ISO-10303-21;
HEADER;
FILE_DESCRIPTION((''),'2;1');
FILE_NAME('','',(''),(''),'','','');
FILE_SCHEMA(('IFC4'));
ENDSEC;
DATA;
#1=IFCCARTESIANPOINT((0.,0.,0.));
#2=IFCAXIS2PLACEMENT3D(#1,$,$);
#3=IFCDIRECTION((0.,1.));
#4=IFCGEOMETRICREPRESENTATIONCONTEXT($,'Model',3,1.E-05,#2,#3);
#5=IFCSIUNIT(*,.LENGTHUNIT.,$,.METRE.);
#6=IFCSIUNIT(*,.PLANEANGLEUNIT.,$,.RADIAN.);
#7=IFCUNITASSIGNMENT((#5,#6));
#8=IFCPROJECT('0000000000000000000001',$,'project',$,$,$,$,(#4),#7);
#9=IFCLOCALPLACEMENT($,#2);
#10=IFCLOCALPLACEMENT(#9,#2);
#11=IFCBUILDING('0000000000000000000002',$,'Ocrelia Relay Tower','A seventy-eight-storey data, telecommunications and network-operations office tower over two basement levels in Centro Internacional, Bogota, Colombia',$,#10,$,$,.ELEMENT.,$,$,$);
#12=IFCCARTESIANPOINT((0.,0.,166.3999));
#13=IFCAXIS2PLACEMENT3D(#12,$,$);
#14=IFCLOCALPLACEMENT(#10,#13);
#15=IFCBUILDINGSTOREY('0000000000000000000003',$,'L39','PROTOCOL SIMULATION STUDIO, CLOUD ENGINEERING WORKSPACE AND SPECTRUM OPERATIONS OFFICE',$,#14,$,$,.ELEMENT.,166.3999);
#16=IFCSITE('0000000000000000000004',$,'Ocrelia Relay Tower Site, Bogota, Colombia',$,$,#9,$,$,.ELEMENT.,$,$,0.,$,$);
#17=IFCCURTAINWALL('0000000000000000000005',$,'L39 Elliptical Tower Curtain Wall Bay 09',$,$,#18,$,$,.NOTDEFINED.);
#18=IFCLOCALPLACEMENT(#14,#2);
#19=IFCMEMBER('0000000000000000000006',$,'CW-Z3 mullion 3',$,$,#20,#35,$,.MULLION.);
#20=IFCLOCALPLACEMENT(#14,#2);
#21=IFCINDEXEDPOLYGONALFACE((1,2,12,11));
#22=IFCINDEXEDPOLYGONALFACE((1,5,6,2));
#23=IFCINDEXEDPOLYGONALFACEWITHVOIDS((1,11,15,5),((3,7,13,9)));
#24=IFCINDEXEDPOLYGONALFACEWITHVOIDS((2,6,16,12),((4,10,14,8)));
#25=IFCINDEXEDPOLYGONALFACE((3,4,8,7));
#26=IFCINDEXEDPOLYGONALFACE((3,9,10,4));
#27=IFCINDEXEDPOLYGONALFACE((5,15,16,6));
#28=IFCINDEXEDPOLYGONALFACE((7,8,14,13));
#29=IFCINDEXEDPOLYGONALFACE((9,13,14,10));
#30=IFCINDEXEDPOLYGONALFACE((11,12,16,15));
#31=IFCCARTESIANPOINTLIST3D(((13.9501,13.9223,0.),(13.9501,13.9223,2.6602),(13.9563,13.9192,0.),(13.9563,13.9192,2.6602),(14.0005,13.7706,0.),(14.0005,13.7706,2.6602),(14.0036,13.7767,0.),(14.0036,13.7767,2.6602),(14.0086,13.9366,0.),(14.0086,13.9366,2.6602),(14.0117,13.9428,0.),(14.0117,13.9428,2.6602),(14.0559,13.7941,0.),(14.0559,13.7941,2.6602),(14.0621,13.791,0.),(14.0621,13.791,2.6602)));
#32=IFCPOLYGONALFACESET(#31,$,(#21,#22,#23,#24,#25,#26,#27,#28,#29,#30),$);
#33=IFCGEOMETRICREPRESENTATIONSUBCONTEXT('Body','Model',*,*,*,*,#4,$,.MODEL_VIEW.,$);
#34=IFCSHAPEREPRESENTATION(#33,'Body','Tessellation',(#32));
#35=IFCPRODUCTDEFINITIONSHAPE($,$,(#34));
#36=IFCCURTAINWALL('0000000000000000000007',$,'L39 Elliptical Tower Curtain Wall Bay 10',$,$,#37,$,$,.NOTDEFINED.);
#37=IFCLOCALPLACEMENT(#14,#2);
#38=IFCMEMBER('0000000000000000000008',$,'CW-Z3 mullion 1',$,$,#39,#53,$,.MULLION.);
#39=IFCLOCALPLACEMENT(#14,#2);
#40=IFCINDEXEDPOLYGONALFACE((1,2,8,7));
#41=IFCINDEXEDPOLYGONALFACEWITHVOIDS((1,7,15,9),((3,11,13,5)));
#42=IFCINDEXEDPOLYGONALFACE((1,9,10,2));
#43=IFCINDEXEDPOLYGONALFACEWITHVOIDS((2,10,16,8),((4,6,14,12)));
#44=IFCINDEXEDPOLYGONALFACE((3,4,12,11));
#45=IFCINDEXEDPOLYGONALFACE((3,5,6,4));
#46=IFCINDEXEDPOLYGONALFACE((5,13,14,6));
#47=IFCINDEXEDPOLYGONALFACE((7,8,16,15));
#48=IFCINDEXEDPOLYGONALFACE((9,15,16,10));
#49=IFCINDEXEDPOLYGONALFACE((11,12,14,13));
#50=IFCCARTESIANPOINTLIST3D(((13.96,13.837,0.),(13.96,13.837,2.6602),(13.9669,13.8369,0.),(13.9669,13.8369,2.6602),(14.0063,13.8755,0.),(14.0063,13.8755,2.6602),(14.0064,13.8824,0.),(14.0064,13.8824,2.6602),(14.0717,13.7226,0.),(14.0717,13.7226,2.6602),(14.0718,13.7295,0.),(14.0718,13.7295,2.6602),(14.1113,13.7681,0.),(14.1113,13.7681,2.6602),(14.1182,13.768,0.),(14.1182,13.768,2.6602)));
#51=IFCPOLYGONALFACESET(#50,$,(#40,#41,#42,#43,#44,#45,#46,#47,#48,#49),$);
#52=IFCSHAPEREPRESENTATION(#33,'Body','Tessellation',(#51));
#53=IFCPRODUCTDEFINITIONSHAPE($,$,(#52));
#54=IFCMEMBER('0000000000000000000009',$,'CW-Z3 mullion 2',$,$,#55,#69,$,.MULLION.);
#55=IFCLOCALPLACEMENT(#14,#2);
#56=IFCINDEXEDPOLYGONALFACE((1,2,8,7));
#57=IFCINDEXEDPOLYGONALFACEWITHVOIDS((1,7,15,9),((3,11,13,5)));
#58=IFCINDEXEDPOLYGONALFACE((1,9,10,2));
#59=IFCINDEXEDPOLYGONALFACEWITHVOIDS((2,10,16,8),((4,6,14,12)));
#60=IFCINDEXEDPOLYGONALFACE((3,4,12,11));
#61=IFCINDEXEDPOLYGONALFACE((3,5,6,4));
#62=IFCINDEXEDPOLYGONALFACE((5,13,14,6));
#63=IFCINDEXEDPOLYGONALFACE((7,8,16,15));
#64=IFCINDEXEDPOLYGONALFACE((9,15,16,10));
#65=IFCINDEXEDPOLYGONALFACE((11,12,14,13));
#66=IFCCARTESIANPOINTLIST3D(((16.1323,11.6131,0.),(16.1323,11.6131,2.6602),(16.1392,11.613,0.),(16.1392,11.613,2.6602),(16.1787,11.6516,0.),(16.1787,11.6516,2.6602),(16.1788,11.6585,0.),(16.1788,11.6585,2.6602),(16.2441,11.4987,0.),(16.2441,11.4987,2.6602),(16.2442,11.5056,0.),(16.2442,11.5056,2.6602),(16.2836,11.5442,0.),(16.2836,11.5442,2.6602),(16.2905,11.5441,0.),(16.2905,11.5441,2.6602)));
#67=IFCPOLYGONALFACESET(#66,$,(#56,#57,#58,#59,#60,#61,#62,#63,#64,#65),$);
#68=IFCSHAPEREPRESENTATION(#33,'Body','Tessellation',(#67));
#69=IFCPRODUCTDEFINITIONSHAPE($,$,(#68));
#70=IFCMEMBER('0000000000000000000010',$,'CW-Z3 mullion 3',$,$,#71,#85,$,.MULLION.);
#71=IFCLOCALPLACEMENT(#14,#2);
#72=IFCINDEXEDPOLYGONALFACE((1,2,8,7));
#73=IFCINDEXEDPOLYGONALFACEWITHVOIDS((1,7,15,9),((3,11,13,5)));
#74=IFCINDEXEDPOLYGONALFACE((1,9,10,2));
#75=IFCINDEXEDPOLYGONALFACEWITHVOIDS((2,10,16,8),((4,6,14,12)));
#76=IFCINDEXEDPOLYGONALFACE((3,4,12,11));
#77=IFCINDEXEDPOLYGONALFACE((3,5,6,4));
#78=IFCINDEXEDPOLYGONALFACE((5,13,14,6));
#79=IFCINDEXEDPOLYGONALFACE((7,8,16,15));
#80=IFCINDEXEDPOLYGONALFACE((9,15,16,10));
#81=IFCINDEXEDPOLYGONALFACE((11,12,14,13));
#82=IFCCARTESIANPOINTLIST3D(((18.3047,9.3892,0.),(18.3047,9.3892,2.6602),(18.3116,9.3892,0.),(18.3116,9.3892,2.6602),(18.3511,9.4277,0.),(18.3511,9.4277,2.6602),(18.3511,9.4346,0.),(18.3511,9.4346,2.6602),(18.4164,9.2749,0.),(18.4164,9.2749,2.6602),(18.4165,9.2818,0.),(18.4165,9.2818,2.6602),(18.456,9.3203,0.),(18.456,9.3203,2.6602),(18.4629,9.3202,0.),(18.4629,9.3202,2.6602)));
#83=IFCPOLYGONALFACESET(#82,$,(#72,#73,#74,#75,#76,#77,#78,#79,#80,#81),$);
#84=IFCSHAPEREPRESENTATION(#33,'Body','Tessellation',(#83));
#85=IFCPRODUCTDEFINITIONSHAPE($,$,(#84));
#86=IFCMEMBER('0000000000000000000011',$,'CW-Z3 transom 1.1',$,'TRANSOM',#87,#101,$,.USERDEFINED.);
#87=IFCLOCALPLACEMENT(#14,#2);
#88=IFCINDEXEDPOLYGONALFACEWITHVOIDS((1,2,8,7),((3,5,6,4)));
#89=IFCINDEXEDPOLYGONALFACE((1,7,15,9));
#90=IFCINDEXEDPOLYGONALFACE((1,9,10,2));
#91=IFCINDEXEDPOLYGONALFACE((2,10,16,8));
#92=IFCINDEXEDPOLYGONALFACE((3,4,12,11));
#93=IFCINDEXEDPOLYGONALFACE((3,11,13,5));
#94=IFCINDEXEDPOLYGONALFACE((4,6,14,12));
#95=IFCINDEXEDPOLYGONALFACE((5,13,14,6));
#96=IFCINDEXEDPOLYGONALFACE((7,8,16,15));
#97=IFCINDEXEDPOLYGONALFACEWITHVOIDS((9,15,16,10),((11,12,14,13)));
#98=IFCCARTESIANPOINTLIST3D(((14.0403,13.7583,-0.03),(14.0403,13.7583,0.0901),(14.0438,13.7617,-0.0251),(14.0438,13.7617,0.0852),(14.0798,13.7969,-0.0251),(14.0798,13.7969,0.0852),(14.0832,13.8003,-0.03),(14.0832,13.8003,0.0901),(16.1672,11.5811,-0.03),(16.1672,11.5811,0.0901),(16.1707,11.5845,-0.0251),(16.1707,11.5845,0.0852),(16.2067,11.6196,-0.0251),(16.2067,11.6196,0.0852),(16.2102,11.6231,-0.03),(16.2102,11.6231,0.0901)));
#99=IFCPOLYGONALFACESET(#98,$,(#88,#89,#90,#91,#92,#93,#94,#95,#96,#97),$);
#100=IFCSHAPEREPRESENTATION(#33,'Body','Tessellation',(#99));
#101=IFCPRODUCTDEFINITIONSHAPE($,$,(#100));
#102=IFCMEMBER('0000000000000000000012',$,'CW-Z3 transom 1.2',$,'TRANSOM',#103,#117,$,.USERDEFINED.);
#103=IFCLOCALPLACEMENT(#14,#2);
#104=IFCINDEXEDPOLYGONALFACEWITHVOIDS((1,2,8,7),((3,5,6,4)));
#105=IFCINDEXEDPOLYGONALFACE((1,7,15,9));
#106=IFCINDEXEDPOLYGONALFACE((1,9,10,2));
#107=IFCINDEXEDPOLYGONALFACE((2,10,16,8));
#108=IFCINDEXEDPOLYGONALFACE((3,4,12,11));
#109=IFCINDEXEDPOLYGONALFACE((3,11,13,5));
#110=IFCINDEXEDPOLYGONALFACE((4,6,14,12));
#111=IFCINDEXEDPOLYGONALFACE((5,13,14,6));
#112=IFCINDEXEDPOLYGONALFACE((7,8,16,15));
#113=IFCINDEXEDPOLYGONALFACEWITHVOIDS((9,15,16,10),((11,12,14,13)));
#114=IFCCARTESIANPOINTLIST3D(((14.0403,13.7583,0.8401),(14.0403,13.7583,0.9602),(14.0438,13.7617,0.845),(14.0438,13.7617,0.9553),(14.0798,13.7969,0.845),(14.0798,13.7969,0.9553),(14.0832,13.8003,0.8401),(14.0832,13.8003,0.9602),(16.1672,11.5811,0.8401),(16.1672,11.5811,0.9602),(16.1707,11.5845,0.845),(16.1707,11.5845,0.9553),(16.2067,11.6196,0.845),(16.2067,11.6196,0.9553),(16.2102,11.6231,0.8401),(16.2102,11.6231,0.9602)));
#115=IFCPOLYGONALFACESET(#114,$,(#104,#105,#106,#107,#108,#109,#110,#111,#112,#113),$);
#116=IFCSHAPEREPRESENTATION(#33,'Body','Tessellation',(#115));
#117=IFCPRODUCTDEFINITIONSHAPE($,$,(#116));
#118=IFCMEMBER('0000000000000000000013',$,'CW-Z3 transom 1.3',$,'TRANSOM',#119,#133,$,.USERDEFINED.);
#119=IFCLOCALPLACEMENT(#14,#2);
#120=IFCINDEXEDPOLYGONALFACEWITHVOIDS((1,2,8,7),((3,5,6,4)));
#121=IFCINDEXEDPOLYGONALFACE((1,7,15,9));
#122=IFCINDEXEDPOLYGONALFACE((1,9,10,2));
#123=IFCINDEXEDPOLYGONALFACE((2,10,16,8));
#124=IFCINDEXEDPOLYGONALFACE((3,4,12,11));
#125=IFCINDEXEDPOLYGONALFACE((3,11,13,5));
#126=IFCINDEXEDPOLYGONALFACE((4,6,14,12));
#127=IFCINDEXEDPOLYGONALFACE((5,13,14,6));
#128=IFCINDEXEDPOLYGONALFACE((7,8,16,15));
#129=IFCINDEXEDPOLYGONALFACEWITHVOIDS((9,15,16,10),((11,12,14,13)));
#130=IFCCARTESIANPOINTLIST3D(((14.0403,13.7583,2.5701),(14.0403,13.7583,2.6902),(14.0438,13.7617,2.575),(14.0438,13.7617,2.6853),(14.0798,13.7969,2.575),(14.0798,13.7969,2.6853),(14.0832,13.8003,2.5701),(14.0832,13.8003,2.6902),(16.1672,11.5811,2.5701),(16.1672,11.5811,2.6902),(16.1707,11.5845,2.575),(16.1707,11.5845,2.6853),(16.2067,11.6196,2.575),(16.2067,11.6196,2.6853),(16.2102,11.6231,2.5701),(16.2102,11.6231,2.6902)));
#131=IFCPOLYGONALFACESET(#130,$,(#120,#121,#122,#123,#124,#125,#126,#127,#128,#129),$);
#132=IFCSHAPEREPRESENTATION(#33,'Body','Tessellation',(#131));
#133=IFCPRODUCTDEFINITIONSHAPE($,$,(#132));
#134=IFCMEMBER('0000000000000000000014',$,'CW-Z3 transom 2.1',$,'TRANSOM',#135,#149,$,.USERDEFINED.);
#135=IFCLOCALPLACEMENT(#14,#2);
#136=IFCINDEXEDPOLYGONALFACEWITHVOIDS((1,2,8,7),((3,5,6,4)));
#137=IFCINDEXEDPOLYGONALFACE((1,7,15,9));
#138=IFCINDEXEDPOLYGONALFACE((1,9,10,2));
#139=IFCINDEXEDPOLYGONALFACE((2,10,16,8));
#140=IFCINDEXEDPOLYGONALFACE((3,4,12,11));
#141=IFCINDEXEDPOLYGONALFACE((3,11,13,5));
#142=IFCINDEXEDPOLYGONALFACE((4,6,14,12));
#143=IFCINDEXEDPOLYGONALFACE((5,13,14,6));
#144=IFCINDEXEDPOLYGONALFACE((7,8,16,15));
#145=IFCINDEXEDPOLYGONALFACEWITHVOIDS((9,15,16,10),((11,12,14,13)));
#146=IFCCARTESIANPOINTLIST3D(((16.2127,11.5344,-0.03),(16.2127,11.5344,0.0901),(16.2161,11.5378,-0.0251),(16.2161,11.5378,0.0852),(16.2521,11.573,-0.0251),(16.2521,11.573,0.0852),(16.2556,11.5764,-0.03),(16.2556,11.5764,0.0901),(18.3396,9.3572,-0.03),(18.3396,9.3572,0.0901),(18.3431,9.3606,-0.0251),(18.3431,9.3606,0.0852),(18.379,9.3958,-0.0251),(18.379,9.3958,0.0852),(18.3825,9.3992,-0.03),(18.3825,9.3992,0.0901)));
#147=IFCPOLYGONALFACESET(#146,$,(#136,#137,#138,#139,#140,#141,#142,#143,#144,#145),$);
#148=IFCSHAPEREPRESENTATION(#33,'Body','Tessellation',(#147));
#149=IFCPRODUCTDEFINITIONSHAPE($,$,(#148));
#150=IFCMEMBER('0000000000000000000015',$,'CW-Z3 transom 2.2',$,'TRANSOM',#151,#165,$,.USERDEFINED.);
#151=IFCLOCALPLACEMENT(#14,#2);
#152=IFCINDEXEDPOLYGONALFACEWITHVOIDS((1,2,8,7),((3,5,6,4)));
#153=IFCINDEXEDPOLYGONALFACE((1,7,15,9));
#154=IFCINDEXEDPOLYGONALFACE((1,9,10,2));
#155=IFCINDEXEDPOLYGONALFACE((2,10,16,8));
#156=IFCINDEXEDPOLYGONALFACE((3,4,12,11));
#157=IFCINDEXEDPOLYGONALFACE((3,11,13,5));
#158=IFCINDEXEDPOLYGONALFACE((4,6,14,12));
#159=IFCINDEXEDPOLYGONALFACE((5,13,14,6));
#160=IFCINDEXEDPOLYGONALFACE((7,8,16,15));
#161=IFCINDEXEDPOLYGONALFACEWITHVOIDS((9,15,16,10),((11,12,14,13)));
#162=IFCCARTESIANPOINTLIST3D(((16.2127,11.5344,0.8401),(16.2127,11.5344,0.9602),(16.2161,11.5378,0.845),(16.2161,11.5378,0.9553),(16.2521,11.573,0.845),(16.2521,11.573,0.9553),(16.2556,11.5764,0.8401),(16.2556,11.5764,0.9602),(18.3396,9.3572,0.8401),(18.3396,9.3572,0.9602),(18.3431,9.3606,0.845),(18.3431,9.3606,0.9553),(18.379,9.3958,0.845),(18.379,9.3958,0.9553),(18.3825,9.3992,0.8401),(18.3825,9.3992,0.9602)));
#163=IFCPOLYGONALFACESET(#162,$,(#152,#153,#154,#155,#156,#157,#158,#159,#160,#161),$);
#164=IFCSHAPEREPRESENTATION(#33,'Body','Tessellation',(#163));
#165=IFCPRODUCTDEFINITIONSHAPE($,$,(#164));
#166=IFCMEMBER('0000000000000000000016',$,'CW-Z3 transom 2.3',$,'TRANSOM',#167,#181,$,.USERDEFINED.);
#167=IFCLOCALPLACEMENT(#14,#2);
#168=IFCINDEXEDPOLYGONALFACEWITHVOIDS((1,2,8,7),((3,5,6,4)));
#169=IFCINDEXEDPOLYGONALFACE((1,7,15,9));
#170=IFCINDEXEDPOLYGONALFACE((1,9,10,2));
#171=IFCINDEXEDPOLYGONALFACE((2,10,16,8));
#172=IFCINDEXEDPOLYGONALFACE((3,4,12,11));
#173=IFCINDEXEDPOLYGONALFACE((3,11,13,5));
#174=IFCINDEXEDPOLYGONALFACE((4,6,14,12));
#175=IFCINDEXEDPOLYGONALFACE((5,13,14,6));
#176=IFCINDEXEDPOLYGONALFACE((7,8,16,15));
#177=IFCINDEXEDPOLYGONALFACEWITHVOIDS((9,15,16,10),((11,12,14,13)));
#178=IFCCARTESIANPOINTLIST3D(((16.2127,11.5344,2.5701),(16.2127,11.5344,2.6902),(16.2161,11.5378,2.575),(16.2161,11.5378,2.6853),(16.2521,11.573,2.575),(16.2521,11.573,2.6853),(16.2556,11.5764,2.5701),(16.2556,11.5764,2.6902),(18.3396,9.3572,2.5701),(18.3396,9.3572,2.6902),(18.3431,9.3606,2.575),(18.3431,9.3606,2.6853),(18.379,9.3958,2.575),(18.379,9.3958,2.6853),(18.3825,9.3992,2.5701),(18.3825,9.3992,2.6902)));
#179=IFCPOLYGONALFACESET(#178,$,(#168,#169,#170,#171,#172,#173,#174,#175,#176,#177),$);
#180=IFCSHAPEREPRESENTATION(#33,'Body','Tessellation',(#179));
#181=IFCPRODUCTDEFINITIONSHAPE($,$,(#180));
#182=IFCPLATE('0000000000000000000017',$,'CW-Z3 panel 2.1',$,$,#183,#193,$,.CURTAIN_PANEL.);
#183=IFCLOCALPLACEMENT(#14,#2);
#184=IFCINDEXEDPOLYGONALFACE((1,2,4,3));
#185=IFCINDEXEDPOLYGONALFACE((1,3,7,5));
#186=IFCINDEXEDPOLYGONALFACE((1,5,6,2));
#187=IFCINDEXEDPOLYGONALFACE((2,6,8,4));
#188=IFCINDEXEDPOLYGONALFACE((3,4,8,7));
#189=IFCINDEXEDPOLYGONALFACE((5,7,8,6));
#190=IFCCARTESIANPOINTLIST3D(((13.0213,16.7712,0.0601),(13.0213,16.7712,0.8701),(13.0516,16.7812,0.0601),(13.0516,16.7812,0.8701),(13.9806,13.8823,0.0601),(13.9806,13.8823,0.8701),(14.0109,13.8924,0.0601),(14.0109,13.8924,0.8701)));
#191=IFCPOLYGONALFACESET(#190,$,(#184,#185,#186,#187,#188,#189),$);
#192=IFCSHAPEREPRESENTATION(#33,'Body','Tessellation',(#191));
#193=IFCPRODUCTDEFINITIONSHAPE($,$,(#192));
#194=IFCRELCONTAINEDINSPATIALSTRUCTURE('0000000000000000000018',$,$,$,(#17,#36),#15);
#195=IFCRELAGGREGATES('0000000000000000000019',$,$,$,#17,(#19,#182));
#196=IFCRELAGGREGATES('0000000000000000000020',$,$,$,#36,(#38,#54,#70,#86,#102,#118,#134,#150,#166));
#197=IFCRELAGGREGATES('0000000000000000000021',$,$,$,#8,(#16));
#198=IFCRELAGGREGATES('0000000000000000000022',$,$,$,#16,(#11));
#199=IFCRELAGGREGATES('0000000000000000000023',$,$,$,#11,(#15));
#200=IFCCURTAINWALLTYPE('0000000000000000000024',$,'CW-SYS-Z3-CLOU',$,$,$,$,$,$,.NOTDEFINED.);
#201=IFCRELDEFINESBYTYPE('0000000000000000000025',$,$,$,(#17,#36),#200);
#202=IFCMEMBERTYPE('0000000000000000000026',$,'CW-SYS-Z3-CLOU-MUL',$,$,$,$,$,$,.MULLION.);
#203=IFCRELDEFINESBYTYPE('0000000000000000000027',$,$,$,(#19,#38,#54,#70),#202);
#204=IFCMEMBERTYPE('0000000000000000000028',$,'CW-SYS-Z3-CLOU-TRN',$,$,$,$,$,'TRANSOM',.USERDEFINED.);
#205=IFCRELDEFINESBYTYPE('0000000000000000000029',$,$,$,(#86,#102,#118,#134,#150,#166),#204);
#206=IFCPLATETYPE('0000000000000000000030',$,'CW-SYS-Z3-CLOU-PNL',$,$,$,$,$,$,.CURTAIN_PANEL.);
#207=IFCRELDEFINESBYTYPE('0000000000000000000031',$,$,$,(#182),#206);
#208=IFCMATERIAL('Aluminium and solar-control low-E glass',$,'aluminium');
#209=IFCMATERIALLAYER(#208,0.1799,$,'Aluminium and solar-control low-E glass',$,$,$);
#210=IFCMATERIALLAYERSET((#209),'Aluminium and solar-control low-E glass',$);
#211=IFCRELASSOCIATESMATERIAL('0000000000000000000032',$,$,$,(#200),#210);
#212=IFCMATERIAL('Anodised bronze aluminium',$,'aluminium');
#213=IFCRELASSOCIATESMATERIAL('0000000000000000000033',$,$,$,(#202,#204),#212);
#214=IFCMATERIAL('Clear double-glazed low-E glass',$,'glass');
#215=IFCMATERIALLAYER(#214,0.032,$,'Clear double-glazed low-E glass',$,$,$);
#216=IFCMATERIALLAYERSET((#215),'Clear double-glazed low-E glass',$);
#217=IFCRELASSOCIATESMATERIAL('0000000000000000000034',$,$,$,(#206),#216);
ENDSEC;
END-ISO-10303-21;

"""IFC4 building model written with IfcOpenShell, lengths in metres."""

from ifc_helpers import new_model, si_unit, direction, frame, origin, origin_2d, place, context, subcontext, project, spatial, rectangle, hollow_rectangle, extrude, material, layer, layer_set, material_profile, profile_set, type_object, element, aggregate, save


model = new_model("IFC4")

# Units and contexts
model_context = context("Model", 3, precision=1e-05, world=origin(), true_north=direction((0.0, 1.0)))
body_context = subcontext(model_context, "Body", "Model", "MODEL_VIEW")
ifc_project = project(units=[si_unit("LENGTHUNIT", "METRE"), si_unit("PLANEANGLEUNIT", "RADIAN")], contexts=[model_context])

# Site, building, storey
site_placement = place(None, origin())
site = spatial("IfcSite", under=ifc_project, at=site_placement, Name="Ocrelia Relay Tower Site, Bogota, Colombia", CompositionType="ELEMENT", RefElevation=0.0)
building_placement = place(site_placement, origin())
building = spatial("IfcBuilding", under=site, at=building_placement, Name="Ocrelia Relay Tower", Description="A seventy-eight-storey data, telecommunications and network-operations office tower over two basement levels in Centro Internacional, Bogota, Colombia", CompositionType="ELEMENT")
storey_placement = place(building_placement, frame((0.0, 0.0, 166.3999)))
storey = spatial("IfcBuildingStorey", under=building, at=storey_placement, Name="L39", Description="PROTOCOL SIMULATION STUDIO, CLOUD ENGINEERING WORKSPACE AND SPECTRUM OPERATIONS OFFICE", CompositionType="ELEMENT", Elevation=166.3999)

# Curtain wall, member
ifc_material_1 = material(Name="Aluminium and solar-control low-E glass", Category="aluminium")
ifc_layer_1 = layer(ifc_material_1, 0.1799, Name="Aluminium and solar-control low-E glass")
ifc_layer_set_1 = layer_set([ifc_layer_1], Name="Aluminium and solar-control low-E glass")
curtain_wall_type = type_object("IfcCurtainWallType", Name="CW-SYS-Z3-CLOU", PredefinedType="NOTDEFINED", material=ifc_layer_set_1)
curtain_wall_1_placement = place(storey_placement, origin())
curtain_wall_1 = element("IfcCurtainWall", 1, at=curtain_wall_1_placement, inside=storey, type_object=curtain_wall_type, Name="L39 Elliptical Tower Curtain Wall Bay 09", PredefinedType="NOTDEFINED")
ifc_material_2 = material(Name="Anodised bronze aluminium", Category="aluminium")
ifc_material_profile_1 = material_profile(ifc_material_2, hollow_rectangle(XDim=0.0649, YDim=0.1599, WallThickness=0.0049, at=origin_2d()), Name="CW-MUL-160x65")
ifc_profile_set_1 = profile_set([ifc_material_profile_1], Name="Anodised bronze aluminium")
member_type_1 = type_object("IfcMemberType", Name="CW-SYS-Z3-CLOU-MUL", PredefinedType="MULLION", material=ifc_profile_set_1)
member_1_placement = place(storey_placement, frame((14.0061, 13.8567, 0.0), z_axis=(0.0, 0.0, 1.0), x_axis=(0.949042, 0.315148, 0.0)))
member_1 = element("IfcMember", 2, at=member_1_placement, type_object=member_type_1, Name="CW-Z3 mullion 3", PredefinedType="MULLION", context=body_context, shape_type="SweptSolid", body=[
    extrude(hollow_rectangle(XDim=0.0649, YDim=0.1599, WallThickness=0.0049, at=origin_2d()), origin(), (0.0, 0.0, 1.0), 2.6602),
])

# Curtain wall, members
curtain_wall_2_placement = place(storey_placement, origin())
curtain_wall_2 = element("IfcCurtainWall", 3, at=curtain_wall_2_placement, inside=storey, type_object=curtain_wall_type, Name="L39 Elliptical Tower Curtain Wall Bay 10", PredefinedType="NOTDEFINED")
member_2_placement = place(storey_placement, frame((14.0391, 13.8025, 0.0), z_axis=(0.0, 0.0, 1.0), x_axis=(0.715327, 0.69879, 0.0)))
member_2 = element("IfcMember", 4, at=member_2_placement, type_object=member_type_1, Name="CW-Z3 mullion 1", PredefinedType="MULLION", context=body_context, shape_type="SweptSolid", body=[
    extrude(hollow_rectangle(XDim=0.0649, YDim=0.1599, WallThickness=0.0049, at=origin_2d()), origin(), (0.0, 0.0, 1.0), 2.6602),
])
member_3_placement = place(storey_placement, frame((16.2114, 11.5786, 0.0), z_axis=(0.0, 0.0, 1.0), x_axis=(0.715327, 0.69879, 0.0)))
member_3 = element("IfcMember", 5, at=member_3_placement, type_object=member_type_1, Name="CW-Z3 mullion 2", PredefinedType="MULLION", context=body_context, shape_type="SweptSolid", body=[
    extrude(hollow_rectangle(XDim=0.0649, YDim=0.1599, WallThickness=0.0049, at=origin_2d()), origin(), (0.0, 0.0, 1.0), 2.6602),
])
member_4_placement = place(storey_placement, frame((18.3838, 9.3547, 0.0), z_axis=(0.0, 0.0, 1.0), x_axis=(0.715327, 0.69879, 0.0)))
member_4 = element("IfcMember", 6, at=member_4_placement, type_object=member_type_1, Name="CW-Z3 mullion 3", PredefinedType="MULLION", context=body_context, shape_type="SweptSolid", body=[
    extrude(hollow_rectangle(XDim=0.0649, YDim=0.1599, WallThickness=0.0049, at=origin_2d()), origin(), (0.0, 0.0, 1.0), 2.6602),
])
ifc_material_profile_2 = material_profile(ifc_material_2, hollow_rectangle(XDim=0.0601, YDim=0.1201, WallThickness=0.0049, at=origin_2d()), Name="CW-TRN-120x60")
ifc_profile_set_2 = profile_set([ifc_material_profile_2], Name="Anodised bronze aluminium")
member_type_2 = type_object("IfcMemberType", Name="CW-SYS-Z3-CLOU-TRN", ElementType="TRANSOM", PredefinedType="USERDEFINED", material=ifc_profile_set_2)
member_5_placement = place(storey_placement, frame((14.0618, 13.7793, 0.03), z_axis=(0.698797, -0.71532, 0.0), x_axis=(0.71532, 0.698797, 0.0)))
member_5 = element("IfcMember", 7, at=member_5_placement, type_object=member_type_2, Name="CW-Z3 transom 1.1", ObjectType="TRANSOM", PredefinedType="USERDEFINED", context=body_context, shape_type="SweptSolid", body=[
    extrude(hollow_rectangle(XDim=0.0601, YDim=0.1201, WallThickness=0.0049, at=origin_2d()), origin(), (0.0, 0.0, 1.0), 3.0437),
])
member_6_placement = place(storey_placement, frame((14.0618, 13.7793, 0.9001), z_axis=(0.698797, -0.71532, 0.0), x_axis=(0.71532, 0.698797, 0.0)))
member_6 = element("IfcMember", 8, at=member_6_placement, type_object=member_type_2, Name="CW-Z3 transom 1.2", ObjectType="TRANSOM", PredefinedType="USERDEFINED", context=body_context, shape_type="SweptSolid", body=[
    extrude(hollow_rectangle(XDim=0.0601, YDim=0.1201, WallThickness=0.0049, at=origin_2d()), origin(), (0.0, 0.0, 1.0), 3.0437),
])
member_7_placement = place(storey_placement, frame((14.0618, 13.7793, 2.6301), z_axis=(0.698797, -0.71532, 0.0), x_axis=(0.71532, 0.698797, 0.0)))
member_7 = element("IfcMember", 9, at=member_7_placement, type_object=member_type_2, Name="CW-Z3 transom 1.3", ObjectType="TRANSOM", PredefinedType="USERDEFINED", context=body_context, shape_type="SweptSolid", body=[
    extrude(hollow_rectangle(XDim=0.0601, YDim=0.1201, WallThickness=0.0049, at=origin_2d()), origin(), (0.0, 0.0, 1.0), 3.0437),
])
member_8_placement = place(storey_placement, frame((16.2341, 11.5554, 0.03), z_axis=(0.698797, -0.71532, 0.0), x_axis=(0.71532, 0.698797, 0.0)))
member_8 = element("IfcMember", 10, at=member_8_placement, type_object=member_type_2, Name="CW-Z3 transom 2.1", ObjectType="TRANSOM", PredefinedType="USERDEFINED", context=body_context, shape_type="SweptSolid", body=[
    extrude(hollow_rectangle(XDim=0.0601, YDim=0.1201, WallThickness=0.0049, at=origin_2d()), origin(), (0.0, 0.0, 1.0), 3.0437),
])
member_9_placement = place(storey_placement, frame((16.2341, 11.5554, 0.9001), z_axis=(0.698797, -0.71532, 0.0), x_axis=(0.71532, 0.698797, 0.0)))
member_9 = element("IfcMember", 11, at=member_9_placement, type_object=member_type_2, Name="CW-Z3 transom 2.2", ObjectType="TRANSOM", PredefinedType="USERDEFINED", context=body_context, shape_type="SweptSolid", body=[
    extrude(hollow_rectangle(XDim=0.0601, YDim=0.1201, WallThickness=0.0049, at=origin_2d()), origin(), (0.0, 0.0, 1.0), 3.0437),
])
member_10_placement = place(storey_placement, frame((16.2341, 11.5554, 2.6301), z_axis=(0.698797, -0.71532, 0.0), x_axis=(0.71532, 0.698797, 0.0)))
member_10 = element("IfcMember", 12, at=member_10_placement, type_object=member_type_2, Name="CW-Z3 transom 2.3", ObjectType="TRANSOM", PredefinedType="USERDEFINED", context=body_context, shape_type="SweptSolid", body=[
    extrude(hollow_rectangle(XDim=0.0601, YDim=0.1201, WallThickness=0.0049, at=origin_2d()), origin(), (0.0, 0.0, 1.0), 3.0437),
])

# Plate
ifc_material_3 = material(Name="Clear double-glazed low-E glass", Category="glass")
ifc_layer_2 = layer(ifc_material_3, 0.032, Name="Clear double-glazed low-E glass")
ifc_layer_set_2 = layer_set([ifc_layer_2], Name="Clear double-glazed low-E glass")
plate_type = type_object("IfcPlateType", Name="CW-SYS-Z3-CLOU-PNL", PredefinedType="CURTAIN_PANEL", material=ifc_layer_set_2)
plate_1_placement = place(storey_placement, frame((13.5161, 15.3318, 0.0601), z_axis=(0.0, 0.0, 1.0), x_axis=(0.315148, -0.949042, 0.0)))
plate_1 = element("IfcPlate", 13, at=plate_1_placement, type_object=plate_type, Name="CW-Z3 panel 2.1", PredefinedType="CURTAIN_PANEL", context=body_context, shape_type="SweptSolid", body=[
    extrude(rectangle(XDim=3.0439, YDim=0.032, at=origin_2d()), origin(), (0.0, 0.0, 1.0), 0.8101),
])
aggregate(curtain_wall_1, [member_1, plate_1])
aggregate(curtain_wall_2, [member_2, member_3, member_4, member_5, member_6, member_7, member_8, member_9, member_10])

save(model, "model.ifc")
